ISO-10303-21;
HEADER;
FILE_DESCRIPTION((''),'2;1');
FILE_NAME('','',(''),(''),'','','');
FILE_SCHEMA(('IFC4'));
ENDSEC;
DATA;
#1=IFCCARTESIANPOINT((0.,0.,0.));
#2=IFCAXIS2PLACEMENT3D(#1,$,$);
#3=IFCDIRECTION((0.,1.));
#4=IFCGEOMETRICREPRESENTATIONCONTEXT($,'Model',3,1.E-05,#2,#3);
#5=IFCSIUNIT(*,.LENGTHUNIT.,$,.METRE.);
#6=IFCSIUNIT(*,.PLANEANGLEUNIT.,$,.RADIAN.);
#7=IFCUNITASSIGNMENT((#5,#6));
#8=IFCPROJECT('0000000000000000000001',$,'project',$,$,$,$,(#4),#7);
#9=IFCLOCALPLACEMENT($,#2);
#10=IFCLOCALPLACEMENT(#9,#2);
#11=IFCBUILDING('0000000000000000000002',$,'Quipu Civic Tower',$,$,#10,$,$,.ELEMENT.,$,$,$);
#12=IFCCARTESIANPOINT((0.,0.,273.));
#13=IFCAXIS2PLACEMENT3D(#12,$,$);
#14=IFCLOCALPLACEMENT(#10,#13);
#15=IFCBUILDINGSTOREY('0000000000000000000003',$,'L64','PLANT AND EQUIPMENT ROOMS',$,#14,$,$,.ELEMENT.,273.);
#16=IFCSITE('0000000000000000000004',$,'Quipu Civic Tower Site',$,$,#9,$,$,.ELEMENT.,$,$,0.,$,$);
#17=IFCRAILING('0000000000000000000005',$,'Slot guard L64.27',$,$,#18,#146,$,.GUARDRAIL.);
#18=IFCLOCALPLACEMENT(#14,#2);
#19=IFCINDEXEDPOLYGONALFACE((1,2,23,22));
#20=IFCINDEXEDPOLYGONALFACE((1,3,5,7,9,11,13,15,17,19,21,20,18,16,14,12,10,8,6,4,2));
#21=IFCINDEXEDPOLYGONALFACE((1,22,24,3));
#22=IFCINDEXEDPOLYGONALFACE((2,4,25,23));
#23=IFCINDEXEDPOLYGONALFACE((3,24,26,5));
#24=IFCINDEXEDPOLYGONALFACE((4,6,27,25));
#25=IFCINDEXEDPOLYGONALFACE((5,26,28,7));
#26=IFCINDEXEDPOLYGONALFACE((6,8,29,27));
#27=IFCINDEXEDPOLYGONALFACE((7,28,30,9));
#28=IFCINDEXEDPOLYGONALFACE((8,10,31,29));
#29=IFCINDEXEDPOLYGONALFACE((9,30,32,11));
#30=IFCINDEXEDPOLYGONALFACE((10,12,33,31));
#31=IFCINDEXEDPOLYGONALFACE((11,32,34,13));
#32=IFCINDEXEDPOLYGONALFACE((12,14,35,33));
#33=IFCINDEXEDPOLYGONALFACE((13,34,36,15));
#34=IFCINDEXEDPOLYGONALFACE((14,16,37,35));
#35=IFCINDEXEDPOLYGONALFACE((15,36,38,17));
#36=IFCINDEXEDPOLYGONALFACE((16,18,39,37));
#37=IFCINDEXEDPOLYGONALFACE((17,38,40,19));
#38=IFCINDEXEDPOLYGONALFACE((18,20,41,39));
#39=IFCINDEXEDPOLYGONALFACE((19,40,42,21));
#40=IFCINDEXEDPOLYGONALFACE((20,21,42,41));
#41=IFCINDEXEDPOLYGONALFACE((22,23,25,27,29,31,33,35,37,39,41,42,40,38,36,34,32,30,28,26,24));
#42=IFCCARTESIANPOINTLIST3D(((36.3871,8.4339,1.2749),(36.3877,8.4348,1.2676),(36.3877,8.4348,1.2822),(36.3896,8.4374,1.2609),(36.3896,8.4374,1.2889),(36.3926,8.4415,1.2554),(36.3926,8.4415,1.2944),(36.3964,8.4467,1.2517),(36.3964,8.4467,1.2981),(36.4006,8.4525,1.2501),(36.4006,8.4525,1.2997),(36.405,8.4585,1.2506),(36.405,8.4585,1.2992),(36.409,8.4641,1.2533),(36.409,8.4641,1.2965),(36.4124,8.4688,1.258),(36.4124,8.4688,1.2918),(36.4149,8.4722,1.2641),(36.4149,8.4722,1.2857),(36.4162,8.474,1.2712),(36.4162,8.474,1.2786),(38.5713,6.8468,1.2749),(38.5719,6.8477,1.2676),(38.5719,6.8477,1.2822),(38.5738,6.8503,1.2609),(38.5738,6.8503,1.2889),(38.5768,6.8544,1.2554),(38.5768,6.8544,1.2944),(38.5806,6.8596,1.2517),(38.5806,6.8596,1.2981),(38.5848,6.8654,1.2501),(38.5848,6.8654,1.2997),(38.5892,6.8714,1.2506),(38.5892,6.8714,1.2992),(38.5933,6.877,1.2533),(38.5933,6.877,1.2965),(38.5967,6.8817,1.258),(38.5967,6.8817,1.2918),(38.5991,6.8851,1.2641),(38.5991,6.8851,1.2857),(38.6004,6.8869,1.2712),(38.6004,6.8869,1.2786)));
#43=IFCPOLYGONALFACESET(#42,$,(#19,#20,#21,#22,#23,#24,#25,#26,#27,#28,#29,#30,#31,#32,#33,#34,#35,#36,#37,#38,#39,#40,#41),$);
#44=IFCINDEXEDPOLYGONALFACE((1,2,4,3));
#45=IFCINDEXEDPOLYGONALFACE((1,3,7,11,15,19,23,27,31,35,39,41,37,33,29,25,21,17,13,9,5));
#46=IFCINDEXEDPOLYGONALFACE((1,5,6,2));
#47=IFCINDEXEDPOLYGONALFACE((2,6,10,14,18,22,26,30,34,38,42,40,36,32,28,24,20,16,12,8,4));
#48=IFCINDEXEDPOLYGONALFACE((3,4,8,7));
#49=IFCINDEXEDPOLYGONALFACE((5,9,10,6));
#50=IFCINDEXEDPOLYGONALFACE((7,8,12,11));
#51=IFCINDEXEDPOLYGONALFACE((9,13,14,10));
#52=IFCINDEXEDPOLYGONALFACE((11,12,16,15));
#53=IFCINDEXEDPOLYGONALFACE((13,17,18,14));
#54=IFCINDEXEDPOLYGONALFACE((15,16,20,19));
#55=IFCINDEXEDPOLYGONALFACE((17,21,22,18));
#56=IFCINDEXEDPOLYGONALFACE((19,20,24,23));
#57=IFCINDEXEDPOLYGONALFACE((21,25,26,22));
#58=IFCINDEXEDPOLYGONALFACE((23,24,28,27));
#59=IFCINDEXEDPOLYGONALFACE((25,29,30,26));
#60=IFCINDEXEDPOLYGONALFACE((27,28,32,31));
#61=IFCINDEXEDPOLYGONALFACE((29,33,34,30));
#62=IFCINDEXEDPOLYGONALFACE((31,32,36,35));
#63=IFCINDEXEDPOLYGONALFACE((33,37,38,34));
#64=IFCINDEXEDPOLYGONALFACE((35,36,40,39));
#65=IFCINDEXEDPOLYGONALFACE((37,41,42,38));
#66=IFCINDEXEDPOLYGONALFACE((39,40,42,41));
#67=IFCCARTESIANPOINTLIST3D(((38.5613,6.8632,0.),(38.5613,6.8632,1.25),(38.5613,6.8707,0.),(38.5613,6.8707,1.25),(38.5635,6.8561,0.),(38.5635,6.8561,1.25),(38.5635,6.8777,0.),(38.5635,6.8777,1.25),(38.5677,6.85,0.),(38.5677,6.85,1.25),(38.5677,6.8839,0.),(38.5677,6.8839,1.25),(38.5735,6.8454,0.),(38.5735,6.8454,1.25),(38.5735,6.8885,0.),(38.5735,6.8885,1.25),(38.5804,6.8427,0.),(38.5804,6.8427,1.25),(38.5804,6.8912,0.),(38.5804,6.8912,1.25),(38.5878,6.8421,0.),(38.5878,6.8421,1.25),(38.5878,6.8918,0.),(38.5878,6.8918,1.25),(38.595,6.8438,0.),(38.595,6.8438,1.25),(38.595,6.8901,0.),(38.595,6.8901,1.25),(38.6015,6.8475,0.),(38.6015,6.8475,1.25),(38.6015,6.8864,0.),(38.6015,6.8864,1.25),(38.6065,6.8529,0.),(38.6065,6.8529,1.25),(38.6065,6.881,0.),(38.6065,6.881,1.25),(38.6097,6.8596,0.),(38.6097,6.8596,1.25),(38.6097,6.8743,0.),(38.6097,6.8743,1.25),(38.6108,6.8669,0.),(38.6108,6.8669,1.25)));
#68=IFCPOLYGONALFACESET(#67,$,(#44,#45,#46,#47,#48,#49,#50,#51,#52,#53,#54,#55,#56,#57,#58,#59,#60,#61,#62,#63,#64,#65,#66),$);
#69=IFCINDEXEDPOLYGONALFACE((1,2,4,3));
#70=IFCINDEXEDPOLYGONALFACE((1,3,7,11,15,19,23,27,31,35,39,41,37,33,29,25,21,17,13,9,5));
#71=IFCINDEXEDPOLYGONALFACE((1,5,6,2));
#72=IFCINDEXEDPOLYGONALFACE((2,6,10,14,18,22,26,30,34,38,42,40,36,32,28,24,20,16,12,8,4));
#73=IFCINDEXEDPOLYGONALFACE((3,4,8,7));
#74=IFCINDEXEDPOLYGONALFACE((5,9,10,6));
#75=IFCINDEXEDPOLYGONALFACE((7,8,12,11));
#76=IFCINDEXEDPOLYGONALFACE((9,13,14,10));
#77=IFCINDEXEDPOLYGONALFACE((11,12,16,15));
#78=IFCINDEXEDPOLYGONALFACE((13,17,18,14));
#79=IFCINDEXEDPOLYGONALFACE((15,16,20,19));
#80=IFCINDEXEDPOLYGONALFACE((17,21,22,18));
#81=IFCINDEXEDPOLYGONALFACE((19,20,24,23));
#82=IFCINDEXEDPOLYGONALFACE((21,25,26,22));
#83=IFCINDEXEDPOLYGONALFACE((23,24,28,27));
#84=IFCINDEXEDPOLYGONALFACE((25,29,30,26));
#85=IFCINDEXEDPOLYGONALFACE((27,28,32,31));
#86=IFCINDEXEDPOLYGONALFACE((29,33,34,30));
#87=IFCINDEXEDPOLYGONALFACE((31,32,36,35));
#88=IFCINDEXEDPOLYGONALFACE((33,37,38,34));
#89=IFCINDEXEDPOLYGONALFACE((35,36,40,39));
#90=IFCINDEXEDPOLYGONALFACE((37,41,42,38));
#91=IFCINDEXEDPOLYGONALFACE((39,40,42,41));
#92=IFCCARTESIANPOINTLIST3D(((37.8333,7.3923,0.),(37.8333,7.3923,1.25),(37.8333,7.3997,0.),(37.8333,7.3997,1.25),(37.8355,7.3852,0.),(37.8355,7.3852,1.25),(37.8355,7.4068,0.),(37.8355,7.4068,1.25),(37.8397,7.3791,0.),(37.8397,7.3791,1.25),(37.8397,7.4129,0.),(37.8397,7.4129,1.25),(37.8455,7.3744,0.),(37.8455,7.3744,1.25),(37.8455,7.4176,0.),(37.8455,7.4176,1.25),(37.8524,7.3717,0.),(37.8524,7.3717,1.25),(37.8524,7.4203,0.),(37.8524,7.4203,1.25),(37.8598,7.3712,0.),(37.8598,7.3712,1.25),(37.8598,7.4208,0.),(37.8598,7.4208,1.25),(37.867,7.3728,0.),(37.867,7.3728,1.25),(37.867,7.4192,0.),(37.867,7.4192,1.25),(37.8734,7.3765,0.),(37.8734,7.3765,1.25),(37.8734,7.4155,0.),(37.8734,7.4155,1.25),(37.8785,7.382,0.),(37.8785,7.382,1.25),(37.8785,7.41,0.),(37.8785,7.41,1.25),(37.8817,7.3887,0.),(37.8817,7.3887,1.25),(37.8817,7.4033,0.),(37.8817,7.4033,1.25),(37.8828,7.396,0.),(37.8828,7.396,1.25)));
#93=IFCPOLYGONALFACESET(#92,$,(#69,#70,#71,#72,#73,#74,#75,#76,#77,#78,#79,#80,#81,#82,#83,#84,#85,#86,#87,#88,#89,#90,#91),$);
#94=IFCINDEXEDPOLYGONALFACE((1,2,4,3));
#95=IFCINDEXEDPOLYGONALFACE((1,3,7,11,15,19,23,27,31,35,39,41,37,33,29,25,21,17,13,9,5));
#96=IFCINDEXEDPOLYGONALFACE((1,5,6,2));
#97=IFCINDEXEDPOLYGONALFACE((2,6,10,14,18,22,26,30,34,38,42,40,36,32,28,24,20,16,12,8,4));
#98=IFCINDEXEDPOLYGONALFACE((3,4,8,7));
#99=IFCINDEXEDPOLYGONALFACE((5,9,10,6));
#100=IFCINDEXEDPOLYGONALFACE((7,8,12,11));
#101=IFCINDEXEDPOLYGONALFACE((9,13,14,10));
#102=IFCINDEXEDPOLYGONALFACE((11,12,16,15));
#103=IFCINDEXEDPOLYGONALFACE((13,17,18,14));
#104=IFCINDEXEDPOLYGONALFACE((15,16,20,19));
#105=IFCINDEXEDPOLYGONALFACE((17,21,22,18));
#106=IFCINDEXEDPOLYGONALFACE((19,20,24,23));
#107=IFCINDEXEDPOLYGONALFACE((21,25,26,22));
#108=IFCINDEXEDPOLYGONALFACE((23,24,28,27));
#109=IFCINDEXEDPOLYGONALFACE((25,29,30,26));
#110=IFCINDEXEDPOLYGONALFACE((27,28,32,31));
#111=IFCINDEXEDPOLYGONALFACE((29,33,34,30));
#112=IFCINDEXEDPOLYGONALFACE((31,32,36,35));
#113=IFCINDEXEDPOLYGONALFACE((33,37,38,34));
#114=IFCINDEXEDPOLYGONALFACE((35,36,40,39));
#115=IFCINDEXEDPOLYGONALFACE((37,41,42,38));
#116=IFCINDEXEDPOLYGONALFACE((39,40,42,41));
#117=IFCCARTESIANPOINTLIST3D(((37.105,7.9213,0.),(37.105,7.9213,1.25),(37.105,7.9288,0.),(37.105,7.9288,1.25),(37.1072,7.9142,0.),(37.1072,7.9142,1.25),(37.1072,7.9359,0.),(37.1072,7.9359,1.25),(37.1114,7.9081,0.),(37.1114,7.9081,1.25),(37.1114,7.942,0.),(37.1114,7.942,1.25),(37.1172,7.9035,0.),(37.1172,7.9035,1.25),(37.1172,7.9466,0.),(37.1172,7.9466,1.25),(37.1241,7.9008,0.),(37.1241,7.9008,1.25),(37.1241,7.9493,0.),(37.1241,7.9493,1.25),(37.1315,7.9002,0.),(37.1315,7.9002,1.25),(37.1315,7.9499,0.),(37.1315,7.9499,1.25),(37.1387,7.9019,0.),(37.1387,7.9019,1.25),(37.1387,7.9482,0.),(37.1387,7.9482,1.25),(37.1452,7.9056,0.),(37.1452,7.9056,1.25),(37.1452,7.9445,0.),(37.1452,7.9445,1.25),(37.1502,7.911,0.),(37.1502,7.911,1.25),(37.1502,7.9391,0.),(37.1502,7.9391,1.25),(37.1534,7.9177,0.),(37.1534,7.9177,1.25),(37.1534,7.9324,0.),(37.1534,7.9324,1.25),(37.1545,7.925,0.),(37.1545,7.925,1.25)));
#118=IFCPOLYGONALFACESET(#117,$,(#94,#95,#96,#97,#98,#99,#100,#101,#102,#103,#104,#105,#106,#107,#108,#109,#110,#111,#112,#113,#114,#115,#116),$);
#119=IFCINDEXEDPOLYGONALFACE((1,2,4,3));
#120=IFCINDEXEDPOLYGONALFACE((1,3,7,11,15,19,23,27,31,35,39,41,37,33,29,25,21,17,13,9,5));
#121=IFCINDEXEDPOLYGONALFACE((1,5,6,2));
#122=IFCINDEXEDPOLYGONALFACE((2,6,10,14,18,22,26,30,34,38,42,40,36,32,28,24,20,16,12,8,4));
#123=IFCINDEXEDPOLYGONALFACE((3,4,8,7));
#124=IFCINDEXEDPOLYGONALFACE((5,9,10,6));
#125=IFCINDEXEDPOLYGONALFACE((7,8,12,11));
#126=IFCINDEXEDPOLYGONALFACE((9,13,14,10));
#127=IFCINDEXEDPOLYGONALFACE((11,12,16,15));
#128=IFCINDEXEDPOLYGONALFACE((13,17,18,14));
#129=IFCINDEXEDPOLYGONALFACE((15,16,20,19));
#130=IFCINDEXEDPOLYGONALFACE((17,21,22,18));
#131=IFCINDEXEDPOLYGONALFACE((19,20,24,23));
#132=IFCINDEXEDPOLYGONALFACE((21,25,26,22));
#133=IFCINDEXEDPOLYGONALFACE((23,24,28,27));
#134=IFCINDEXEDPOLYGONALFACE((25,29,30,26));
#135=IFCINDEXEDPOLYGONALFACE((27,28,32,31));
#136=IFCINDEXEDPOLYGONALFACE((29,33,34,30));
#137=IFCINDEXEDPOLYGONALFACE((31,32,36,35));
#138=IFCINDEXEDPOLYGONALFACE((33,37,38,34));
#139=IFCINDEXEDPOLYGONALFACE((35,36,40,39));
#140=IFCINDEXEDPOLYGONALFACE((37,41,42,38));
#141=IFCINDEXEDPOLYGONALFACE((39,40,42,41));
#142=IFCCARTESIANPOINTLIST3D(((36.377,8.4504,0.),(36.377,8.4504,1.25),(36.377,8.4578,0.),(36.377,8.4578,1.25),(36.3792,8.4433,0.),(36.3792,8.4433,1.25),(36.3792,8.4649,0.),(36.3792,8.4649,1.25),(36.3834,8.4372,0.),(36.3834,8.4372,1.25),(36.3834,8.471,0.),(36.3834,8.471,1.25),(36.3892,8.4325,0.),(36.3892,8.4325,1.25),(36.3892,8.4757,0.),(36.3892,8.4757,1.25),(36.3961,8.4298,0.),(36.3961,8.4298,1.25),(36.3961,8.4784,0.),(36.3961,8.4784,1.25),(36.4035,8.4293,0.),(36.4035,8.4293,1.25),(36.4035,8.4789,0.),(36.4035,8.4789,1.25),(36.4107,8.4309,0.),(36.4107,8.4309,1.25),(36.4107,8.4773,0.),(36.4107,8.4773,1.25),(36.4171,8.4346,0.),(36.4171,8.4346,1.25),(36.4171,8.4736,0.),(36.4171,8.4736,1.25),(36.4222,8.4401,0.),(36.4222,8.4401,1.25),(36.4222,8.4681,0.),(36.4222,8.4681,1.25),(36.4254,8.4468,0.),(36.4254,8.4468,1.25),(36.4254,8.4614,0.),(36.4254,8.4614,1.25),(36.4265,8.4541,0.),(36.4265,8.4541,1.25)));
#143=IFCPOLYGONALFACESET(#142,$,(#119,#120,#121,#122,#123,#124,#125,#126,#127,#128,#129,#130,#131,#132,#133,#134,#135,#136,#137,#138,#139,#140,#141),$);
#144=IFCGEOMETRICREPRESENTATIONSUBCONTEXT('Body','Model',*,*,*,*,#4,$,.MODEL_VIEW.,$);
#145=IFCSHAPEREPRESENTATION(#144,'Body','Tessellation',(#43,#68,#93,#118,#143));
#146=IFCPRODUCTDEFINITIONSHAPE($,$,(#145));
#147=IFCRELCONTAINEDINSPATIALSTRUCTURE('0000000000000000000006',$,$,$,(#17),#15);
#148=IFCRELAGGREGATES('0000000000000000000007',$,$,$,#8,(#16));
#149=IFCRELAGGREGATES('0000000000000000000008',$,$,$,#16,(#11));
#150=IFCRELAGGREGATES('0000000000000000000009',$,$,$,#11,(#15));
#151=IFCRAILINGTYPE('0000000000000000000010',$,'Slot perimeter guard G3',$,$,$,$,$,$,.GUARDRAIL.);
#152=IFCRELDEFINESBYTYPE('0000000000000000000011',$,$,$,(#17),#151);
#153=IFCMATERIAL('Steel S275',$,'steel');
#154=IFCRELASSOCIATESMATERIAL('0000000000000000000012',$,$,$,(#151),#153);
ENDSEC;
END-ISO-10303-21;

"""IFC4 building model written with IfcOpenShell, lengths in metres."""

from ifc_helpers import new_model, si_unit, direction, frame, origin, origin_2d, place, context, subcontext, project, spatial, circle, extrude, material, type_object, element, save


model = new_model("IFC4")

# Units and contexts
model_context = context("Model", 3, precision=1e-05, world=origin(), true_north=direction((0.0, 1.0)))
body_context = subcontext(model_context, "Body", "Model", "MODEL_VIEW")
ifc_project = project(units=[si_unit("LENGTHUNIT", "METRE"), si_unit("PLANEANGLEUNIT", "RADIAN")], contexts=[model_context])

# Site, building, storey
site_placement = place(None, origin())
site = spatial("IfcSite", under=ifc_project, at=site_placement, Name="Quipu Civic Tower Site", CompositionType="ELEMENT", RefElevation=0.0)
building_placement = place(site_placement, origin())
building = spatial("IfcBuilding", under=site, at=building_placement, Name="Quipu Civic Tower", CompositionType="ELEMENT")
storey_placement = place(building_placement, frame((0.0, 0.0, 273.0)))
storey = spatial("IfcBuildingStorey", under=building, at=storey_placement, Name="L64", Description="PLANT AND EQUIPMENT ROOMS", CompositionType="ELEMENT", Elevation=273.0)

# Railing
ifc_material_1 = material(Name="Steel S275", Category="steel")
railing_type = type_object("IfcRailingType", Name="Slot perimeter guard G3", PredefinedType="GUARDRAIL", material=ifc_material_1)
railing_1_placement = place(storey_placement, frame((38.5859, 6.8669, 0.0)))
element("IfcRailing", 1, at=railing_1_placement, inside=storey, type_object=railing_type, Name="Slot guard L64.27", PredefinedType="GUARDRAIL", context=body_context, shape_type="SweptSolid", body=[
    extrude(circle(Radius=0.0249, at=origin_2d()), frame((0.0, 0.0, 1.2749), z_axis=(-0.80899, 0.587822, 0.0), x_axis=(-0.587822, -0.80899, 0.0)), (0.0, 0.0, 1.0), 2.7),
    extrude(circle(Radius=0.0249, at=origin_2d()), origin(), (0.0, 0.0, 1.0), 1.25),
    extrude(circle(Radius=0.0249, at=origin_2d()), frame((-0.728, 0.5291, 0.0)), (0.0, 0.0, 1.0), 1.25),
    extrude(circle(Radius=0.0249, at=origin_2d()), frame((-1.4563, 1.0581, 0.0)), (0.0, 0.0, 1.0), 1.25),
    extrude(circle(Radius=0.0249, at=origin_2d()), frame((-2.1843, 1.5872, 0.0)), (0.0, 0.0, 1.0), 1.25),
])

save(model, "model.ifc")
